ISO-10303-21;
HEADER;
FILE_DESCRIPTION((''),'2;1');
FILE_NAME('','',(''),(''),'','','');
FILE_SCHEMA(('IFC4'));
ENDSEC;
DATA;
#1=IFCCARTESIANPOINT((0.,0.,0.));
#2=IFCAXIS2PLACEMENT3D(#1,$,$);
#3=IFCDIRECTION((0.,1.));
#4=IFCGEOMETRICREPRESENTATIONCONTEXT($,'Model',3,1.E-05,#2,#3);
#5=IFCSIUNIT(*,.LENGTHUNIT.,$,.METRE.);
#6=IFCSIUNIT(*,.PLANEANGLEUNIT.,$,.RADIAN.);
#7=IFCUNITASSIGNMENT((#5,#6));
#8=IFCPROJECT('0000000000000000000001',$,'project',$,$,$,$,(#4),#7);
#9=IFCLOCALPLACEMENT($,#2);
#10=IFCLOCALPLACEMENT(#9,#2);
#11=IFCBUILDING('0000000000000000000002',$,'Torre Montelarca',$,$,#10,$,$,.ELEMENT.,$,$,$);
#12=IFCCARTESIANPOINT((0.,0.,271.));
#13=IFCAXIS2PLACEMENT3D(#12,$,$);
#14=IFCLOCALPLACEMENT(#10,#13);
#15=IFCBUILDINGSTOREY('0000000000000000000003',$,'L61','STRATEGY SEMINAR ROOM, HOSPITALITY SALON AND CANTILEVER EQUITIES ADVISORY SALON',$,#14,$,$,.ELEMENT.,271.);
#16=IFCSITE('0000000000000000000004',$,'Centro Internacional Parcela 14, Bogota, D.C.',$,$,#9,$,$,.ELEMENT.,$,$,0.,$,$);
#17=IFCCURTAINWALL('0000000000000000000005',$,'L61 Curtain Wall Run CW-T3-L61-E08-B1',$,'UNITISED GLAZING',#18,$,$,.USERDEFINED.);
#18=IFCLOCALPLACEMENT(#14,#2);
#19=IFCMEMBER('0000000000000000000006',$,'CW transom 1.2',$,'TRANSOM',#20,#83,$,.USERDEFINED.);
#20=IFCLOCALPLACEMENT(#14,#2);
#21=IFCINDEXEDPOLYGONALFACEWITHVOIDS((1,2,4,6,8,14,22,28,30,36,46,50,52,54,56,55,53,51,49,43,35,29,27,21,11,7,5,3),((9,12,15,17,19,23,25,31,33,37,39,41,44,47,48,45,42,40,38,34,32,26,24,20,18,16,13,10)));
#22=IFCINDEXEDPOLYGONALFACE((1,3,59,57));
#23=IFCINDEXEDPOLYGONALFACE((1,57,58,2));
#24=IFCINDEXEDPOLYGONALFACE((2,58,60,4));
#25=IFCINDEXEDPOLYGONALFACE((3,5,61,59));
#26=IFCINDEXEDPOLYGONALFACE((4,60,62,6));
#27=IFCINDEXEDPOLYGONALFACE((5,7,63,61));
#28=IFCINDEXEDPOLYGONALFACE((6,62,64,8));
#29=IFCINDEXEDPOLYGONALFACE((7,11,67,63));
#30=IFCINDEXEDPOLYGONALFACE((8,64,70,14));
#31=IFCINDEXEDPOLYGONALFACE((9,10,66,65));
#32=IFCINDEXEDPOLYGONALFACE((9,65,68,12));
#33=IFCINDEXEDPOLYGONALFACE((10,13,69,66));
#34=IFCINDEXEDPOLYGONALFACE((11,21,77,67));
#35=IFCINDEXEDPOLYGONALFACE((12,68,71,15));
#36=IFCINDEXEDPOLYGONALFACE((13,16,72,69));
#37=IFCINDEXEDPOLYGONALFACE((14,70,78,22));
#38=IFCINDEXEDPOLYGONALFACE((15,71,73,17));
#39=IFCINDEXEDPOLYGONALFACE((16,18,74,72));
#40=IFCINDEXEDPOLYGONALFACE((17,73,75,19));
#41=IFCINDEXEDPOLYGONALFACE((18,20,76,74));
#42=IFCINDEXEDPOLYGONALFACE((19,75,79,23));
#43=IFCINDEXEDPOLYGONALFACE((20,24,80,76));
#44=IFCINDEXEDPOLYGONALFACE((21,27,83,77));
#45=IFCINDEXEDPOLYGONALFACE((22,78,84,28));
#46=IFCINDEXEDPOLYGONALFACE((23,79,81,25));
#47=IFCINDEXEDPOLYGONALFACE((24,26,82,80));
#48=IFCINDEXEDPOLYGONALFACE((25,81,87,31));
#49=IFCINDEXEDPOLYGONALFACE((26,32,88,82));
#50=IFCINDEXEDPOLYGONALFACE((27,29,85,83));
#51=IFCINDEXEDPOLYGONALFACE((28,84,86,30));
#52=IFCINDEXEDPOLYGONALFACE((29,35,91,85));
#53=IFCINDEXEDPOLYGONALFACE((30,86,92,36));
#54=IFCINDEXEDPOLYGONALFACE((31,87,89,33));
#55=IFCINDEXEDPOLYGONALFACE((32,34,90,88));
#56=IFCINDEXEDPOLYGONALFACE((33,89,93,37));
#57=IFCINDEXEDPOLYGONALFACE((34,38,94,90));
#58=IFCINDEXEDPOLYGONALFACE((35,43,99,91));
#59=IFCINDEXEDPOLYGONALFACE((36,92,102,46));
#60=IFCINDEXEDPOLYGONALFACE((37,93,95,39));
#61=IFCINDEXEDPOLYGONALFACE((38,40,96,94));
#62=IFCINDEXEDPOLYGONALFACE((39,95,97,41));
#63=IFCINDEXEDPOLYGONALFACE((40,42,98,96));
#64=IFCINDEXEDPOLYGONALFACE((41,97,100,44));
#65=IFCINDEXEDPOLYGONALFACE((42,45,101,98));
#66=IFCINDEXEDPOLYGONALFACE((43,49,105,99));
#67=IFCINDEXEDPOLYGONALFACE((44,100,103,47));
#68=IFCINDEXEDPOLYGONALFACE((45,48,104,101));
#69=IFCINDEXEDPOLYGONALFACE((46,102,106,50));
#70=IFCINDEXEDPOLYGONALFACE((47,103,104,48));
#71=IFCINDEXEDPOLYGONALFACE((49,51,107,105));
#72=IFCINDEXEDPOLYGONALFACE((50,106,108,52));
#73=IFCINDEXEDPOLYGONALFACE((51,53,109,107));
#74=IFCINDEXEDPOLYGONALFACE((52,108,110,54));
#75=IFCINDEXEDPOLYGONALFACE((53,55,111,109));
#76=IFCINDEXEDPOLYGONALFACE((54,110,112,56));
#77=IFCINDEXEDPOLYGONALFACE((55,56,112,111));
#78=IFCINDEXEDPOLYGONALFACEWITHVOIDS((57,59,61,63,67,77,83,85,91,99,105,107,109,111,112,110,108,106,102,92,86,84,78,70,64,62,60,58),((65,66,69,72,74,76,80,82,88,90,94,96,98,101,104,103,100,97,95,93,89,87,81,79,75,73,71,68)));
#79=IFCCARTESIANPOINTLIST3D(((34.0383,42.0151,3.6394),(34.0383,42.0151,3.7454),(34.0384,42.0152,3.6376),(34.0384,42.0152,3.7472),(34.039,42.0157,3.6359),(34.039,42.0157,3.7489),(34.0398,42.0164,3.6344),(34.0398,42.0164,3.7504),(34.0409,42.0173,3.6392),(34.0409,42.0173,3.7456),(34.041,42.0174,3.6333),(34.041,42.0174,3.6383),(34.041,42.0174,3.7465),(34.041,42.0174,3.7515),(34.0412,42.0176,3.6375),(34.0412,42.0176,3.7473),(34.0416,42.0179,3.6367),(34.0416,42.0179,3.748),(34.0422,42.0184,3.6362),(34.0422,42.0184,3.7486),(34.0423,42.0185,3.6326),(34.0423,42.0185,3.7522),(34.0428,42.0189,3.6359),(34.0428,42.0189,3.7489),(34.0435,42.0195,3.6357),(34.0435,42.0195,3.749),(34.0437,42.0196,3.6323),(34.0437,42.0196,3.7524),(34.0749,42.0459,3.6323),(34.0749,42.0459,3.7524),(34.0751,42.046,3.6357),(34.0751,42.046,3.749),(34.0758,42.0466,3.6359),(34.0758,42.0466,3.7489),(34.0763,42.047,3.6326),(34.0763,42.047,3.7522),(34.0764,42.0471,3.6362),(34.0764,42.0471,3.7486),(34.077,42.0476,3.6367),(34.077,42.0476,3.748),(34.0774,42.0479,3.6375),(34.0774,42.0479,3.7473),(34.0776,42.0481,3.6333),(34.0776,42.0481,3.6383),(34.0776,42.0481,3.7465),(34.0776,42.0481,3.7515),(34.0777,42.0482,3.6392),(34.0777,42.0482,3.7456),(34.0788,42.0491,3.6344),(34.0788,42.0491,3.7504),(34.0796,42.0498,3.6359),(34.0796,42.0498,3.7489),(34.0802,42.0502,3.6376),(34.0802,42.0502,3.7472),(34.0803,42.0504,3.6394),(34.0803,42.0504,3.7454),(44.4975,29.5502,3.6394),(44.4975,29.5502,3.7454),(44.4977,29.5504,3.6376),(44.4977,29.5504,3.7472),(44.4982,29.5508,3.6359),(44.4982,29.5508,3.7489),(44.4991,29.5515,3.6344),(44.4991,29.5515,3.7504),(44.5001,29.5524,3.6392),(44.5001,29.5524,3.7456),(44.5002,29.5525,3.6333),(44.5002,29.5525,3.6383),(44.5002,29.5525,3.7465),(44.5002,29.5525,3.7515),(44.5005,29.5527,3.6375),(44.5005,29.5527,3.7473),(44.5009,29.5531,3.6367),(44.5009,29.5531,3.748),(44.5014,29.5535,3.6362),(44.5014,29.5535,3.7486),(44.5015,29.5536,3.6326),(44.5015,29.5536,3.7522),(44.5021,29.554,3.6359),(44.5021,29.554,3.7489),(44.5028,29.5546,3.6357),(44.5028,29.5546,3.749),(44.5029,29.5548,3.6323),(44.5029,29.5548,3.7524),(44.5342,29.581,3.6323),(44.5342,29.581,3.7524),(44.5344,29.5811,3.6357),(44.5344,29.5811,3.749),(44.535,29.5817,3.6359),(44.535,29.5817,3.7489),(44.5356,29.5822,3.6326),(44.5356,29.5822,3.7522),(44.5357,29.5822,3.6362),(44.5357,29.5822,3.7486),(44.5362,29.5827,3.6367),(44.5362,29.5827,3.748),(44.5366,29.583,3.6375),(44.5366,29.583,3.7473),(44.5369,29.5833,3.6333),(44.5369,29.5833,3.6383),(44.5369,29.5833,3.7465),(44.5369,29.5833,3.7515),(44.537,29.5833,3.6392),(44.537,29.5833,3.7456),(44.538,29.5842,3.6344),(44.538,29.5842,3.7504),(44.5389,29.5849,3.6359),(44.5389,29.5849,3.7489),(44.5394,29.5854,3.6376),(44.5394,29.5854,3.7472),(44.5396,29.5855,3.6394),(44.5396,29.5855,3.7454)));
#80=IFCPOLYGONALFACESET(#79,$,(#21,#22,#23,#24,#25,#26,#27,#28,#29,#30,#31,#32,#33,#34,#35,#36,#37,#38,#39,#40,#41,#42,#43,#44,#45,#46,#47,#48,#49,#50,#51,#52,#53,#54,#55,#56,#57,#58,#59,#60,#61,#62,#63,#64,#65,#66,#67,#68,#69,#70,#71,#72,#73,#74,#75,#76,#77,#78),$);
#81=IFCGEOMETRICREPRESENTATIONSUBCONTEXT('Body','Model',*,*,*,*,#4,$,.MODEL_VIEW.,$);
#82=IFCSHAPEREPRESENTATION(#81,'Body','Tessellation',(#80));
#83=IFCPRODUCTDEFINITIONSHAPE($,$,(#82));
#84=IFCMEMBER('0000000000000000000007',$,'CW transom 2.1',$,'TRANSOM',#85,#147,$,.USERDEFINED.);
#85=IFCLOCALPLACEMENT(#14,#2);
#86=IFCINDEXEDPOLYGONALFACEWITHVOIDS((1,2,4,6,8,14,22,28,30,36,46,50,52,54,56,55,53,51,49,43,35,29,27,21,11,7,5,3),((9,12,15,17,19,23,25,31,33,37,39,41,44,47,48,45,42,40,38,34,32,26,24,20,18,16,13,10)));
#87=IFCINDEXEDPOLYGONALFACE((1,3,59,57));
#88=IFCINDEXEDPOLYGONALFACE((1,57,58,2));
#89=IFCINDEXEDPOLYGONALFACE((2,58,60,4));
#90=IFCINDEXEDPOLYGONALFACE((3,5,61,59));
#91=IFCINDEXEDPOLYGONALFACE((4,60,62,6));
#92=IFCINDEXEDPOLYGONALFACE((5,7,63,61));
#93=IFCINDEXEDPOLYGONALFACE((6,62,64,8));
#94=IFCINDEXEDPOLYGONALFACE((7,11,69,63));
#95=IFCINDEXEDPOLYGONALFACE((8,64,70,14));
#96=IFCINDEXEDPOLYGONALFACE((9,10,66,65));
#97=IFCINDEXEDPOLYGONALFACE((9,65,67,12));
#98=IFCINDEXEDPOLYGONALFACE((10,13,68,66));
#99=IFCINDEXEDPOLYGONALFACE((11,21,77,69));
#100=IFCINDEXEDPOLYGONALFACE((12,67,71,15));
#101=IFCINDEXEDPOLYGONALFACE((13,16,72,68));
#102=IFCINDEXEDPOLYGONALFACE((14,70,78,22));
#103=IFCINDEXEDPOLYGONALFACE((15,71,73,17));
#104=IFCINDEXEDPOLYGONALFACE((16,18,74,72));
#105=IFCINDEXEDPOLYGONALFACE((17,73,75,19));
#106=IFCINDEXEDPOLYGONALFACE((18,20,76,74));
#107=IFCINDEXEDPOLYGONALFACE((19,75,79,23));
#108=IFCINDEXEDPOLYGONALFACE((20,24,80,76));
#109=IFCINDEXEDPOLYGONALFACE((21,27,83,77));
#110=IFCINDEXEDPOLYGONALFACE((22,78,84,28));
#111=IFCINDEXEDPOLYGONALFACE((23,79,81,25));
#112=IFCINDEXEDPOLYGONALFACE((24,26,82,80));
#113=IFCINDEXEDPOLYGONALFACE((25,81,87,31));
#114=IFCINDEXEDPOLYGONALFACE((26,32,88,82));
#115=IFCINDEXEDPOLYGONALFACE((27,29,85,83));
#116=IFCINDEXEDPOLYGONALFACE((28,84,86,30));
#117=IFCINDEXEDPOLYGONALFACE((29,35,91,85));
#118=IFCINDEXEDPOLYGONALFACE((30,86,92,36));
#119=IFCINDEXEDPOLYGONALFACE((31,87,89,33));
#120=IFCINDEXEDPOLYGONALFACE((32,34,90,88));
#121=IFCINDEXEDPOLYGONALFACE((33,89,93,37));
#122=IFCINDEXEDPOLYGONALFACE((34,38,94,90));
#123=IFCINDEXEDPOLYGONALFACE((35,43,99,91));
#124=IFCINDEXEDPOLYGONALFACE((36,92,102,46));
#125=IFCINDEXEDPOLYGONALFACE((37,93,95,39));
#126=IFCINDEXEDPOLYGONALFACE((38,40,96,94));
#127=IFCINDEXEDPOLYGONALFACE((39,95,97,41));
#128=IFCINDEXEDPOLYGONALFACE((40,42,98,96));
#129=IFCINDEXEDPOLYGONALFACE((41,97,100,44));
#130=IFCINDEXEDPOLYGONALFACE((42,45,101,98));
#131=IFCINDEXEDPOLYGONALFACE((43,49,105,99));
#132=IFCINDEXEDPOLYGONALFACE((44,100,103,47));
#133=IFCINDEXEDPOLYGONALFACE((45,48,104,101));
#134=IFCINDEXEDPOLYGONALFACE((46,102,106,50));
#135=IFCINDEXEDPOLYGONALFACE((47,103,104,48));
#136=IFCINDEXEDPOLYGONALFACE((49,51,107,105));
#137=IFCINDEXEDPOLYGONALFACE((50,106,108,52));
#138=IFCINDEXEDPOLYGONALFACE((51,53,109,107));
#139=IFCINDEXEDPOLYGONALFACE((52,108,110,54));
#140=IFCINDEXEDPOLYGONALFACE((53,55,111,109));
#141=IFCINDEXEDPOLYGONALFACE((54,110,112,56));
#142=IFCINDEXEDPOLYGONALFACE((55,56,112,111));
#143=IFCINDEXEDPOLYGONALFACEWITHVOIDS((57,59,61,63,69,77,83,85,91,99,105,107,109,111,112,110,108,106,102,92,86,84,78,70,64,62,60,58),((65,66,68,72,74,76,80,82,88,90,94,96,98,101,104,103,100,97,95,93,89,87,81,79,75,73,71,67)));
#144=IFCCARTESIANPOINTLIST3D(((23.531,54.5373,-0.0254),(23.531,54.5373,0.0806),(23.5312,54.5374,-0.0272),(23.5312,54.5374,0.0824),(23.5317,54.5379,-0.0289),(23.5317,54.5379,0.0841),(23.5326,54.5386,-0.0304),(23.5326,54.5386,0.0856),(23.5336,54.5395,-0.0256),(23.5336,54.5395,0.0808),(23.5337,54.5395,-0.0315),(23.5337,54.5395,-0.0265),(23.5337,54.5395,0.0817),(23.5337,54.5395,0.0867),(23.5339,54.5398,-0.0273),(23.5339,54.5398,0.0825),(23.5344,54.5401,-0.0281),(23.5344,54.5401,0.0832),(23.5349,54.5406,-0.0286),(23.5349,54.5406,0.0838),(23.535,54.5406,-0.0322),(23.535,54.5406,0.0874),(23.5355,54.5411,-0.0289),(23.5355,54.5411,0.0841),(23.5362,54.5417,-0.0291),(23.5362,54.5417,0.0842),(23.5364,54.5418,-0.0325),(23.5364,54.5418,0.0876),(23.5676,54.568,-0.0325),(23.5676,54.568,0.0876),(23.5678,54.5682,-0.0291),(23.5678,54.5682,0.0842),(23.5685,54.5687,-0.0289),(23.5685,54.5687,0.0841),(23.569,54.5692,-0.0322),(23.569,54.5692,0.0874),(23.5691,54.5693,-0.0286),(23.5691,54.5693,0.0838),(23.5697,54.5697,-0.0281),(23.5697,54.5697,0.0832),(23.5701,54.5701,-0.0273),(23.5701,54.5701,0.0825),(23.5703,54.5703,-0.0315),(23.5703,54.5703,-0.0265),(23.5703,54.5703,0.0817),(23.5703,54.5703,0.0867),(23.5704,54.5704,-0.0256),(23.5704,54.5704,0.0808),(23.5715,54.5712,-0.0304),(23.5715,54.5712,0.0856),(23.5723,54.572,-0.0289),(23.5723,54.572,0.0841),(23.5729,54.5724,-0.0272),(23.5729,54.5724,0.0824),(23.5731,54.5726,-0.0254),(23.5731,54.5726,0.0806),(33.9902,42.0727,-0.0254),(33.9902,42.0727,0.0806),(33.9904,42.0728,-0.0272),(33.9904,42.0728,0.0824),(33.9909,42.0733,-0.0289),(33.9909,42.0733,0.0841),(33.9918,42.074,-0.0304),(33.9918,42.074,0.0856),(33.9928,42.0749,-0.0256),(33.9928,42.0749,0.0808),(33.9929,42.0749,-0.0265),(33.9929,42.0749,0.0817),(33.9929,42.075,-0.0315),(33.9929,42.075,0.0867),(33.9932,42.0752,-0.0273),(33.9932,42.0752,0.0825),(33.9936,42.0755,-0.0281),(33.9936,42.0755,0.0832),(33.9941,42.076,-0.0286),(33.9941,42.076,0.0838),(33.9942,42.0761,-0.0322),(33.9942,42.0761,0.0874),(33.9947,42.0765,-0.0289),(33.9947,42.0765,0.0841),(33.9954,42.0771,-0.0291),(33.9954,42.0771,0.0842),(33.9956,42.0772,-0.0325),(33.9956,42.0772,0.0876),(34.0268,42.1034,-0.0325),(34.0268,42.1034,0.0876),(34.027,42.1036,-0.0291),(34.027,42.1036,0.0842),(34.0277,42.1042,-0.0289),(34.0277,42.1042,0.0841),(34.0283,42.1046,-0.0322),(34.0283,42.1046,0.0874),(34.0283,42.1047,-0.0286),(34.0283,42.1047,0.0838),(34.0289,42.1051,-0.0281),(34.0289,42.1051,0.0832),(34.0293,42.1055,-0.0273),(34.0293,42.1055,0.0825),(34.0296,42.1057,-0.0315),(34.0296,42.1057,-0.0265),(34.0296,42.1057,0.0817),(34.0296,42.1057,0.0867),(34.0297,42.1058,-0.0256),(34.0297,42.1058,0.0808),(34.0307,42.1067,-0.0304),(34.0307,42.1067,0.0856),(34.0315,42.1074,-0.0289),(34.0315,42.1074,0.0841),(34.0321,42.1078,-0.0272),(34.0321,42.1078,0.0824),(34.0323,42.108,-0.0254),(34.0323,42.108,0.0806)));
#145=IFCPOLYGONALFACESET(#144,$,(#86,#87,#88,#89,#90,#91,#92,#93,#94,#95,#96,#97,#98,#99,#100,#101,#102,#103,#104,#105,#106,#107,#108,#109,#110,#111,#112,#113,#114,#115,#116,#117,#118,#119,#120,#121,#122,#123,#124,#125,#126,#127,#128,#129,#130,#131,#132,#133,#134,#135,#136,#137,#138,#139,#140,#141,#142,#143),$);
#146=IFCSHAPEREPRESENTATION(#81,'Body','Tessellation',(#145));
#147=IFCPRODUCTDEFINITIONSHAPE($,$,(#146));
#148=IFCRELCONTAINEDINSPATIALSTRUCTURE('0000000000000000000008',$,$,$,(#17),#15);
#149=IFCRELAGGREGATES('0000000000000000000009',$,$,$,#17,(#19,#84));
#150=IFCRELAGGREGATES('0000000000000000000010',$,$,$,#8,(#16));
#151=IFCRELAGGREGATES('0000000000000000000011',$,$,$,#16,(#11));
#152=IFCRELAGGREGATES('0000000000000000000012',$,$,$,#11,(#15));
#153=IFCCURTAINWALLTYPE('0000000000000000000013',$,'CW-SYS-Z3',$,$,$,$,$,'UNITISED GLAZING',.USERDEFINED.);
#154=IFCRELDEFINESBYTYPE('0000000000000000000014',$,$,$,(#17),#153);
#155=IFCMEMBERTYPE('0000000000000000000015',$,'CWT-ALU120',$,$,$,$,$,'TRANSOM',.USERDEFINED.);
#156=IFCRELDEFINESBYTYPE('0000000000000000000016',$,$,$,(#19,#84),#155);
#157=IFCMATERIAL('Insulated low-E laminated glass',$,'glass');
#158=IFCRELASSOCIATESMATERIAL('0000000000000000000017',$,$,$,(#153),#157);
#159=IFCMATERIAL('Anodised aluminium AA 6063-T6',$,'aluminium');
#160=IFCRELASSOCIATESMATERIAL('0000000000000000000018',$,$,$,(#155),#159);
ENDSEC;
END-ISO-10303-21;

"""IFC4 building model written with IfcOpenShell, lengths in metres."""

from ifc_helpers import new_model, si_unit, direction, frame, origin, origin_2d, place, context, subcontext, project, spatial, hollow_rectangle, extrude, source, transform, mapped, material, material_profile, profile_set, type_object, element, aggregate, save


model = new_model("IFC4")

# Units and contexts
model_context = context("Model", 3, precision=1e-05, world=origin(), true_north=direction((0.0, 1.0)))
body_context = subcontext(model_context, "Body", "Model", "MODEL_VIEW")
ifc_project = project(units=[si_unit("LENGTHUNIT", "METRE"), si_unit("PLANEANGLEUNIT", "RADIAN")], contexts=[model_context])

# Site, building, storey
site_placement = place(None, origin())
site = spatial("IfcSite", under=ifc_project, at=site_placement, Name="Centro Internacional Parcela 14, Bogota, D.C.", CompositionType="ELEMENT", RefElevation=0.0)
building_placement = place(site_placement, origin())
building = spatial("IfcBuilding", under=site, at=building_placement, Name="Torre Montelarca", CompositionType="ELEMENT")
storey_placement = place(building_placement, frame((0.0, 0.0, 271.0)))
storey = spatial("IfcBuildingStorey", under=building, at=storey_placement, Name="L61", Description="STRATEGY SEMINAR ROOM, HOSPITALITY SALON AND CANTILEVER EQUITIES ADVISORY SALON", CompositionType="ELEMENT", Elevation=271.0)

# Shared definitions
ifc_material_1 = material(Name="Insulated low-E laminated glass", Category="glass")
curtain_wall_type = type_object("IfcCurtainWallType", Name="CW-SYS-Z3", ElementType="UNITISED GLAZING", PredefinedType="USERDEFINED", material=ifc_material_1)
ifc_material_2 = material(Name="Anodised aluminium AA 6063-T6", Category="aluminium")

# Curtain wall, members
curtain_wall_1_placement = place(storey_placement, origin())
curtain_wall_1 = element("IfcCurtainWall", 1, at=curtain_wall_1_placement, inside=storey, type_object=curtain_wall_type, Name="L61 Curtain Wall Run CW-T3-L61-E08-B1", ObjectType="UNITISED GLAZING", PredefinedType="USERDEFINED")
ifc_material_profile_1 = material_profile(ifc_material_2, hollow_rectangle(XDim=0.0549, YDim=0.1201, WallThickness=0.0034, InnerFilletRadius=0.0034, OuterFilletRadius=0.0071, at=origin_2d()), Name="ALU55X120X3.5", Category="aluminium")
ifc_profile_set_1 = profile_set([ifc_material_profile_1], Name="Anodised aluminium AA 6063-T6")
member_type_1 = type_object("IfcMemberType", Name="CWT-ALU120", ElementType="TRANSOM", PredefinedType="USERDEFINED", material=ifc_profile_set_1)
shared_shape_1 = source(origin(), body_context, "Body", "SweptSolid", [
    extrude(hollow_rectangle(XDim=0.0549, YDim=0.1201, WallThickness=0.0034, InnerFilletRadius=0.0034, OuterFilletRadius=0.0071, at=origin_2d()), origin(), (0.0, 0.0, 1.0), 16.2717),
])
member_1_placement = place(storey_placement, frame((44.5186, 29.5679, 3.6924), z_axis=(-0.642787, 0.766045, 0.0), x_axis=(-0.766045, -0.642787, 0.0)))
member_1 = element("IfcMember", 2, at=member_1_placement, type_object=member_type_1, Name="CW transom 1.2", ObjectType="TRANSOM", PredefinedType="USERDEFINED", context=body_context, shape_type="MappedRepresentation", body=[
    mapped(shared_shape_1, transform((0.0, 0.0, 0.0), scale=1.0)),
])
shared_shape_2 = source(origin(), body_context, "Body", "SweptSolid", [
    extrude(hollow_rectangle(XDim=0.0549, YDim=0.1201, WallThickness=0.0034, InnerFilletRadius=0.0034, OuterFilletRadius=0.0071, at=origin_2d()), origin(), (0.0, 0.0, 1.0), 16.2715),
])
member_2_placement = place(storey_placement, frame((34.0112, 42.0903, 0.0276), z_axis=(-0.642794, 0.766039, 0.0), x_axis=(-0.766039, -0.642794, 0.0)))
member_2 = element("IfcMember", 3, at=member_2_placement, type_object=member_type_1, Name="CW transom 2.1", ObjectType="TRANSOM", PredefinedType="USERDEFINED", context=body_context, shape_type="MappedRepresentation", body=[
    mapped(shared_shape_2, transform((0.0, 0.0, 0.0), scale=1.0)),
])
aggregate(curtain_wall_1, [member_1, member_2])

save(model, "model.ifc")
